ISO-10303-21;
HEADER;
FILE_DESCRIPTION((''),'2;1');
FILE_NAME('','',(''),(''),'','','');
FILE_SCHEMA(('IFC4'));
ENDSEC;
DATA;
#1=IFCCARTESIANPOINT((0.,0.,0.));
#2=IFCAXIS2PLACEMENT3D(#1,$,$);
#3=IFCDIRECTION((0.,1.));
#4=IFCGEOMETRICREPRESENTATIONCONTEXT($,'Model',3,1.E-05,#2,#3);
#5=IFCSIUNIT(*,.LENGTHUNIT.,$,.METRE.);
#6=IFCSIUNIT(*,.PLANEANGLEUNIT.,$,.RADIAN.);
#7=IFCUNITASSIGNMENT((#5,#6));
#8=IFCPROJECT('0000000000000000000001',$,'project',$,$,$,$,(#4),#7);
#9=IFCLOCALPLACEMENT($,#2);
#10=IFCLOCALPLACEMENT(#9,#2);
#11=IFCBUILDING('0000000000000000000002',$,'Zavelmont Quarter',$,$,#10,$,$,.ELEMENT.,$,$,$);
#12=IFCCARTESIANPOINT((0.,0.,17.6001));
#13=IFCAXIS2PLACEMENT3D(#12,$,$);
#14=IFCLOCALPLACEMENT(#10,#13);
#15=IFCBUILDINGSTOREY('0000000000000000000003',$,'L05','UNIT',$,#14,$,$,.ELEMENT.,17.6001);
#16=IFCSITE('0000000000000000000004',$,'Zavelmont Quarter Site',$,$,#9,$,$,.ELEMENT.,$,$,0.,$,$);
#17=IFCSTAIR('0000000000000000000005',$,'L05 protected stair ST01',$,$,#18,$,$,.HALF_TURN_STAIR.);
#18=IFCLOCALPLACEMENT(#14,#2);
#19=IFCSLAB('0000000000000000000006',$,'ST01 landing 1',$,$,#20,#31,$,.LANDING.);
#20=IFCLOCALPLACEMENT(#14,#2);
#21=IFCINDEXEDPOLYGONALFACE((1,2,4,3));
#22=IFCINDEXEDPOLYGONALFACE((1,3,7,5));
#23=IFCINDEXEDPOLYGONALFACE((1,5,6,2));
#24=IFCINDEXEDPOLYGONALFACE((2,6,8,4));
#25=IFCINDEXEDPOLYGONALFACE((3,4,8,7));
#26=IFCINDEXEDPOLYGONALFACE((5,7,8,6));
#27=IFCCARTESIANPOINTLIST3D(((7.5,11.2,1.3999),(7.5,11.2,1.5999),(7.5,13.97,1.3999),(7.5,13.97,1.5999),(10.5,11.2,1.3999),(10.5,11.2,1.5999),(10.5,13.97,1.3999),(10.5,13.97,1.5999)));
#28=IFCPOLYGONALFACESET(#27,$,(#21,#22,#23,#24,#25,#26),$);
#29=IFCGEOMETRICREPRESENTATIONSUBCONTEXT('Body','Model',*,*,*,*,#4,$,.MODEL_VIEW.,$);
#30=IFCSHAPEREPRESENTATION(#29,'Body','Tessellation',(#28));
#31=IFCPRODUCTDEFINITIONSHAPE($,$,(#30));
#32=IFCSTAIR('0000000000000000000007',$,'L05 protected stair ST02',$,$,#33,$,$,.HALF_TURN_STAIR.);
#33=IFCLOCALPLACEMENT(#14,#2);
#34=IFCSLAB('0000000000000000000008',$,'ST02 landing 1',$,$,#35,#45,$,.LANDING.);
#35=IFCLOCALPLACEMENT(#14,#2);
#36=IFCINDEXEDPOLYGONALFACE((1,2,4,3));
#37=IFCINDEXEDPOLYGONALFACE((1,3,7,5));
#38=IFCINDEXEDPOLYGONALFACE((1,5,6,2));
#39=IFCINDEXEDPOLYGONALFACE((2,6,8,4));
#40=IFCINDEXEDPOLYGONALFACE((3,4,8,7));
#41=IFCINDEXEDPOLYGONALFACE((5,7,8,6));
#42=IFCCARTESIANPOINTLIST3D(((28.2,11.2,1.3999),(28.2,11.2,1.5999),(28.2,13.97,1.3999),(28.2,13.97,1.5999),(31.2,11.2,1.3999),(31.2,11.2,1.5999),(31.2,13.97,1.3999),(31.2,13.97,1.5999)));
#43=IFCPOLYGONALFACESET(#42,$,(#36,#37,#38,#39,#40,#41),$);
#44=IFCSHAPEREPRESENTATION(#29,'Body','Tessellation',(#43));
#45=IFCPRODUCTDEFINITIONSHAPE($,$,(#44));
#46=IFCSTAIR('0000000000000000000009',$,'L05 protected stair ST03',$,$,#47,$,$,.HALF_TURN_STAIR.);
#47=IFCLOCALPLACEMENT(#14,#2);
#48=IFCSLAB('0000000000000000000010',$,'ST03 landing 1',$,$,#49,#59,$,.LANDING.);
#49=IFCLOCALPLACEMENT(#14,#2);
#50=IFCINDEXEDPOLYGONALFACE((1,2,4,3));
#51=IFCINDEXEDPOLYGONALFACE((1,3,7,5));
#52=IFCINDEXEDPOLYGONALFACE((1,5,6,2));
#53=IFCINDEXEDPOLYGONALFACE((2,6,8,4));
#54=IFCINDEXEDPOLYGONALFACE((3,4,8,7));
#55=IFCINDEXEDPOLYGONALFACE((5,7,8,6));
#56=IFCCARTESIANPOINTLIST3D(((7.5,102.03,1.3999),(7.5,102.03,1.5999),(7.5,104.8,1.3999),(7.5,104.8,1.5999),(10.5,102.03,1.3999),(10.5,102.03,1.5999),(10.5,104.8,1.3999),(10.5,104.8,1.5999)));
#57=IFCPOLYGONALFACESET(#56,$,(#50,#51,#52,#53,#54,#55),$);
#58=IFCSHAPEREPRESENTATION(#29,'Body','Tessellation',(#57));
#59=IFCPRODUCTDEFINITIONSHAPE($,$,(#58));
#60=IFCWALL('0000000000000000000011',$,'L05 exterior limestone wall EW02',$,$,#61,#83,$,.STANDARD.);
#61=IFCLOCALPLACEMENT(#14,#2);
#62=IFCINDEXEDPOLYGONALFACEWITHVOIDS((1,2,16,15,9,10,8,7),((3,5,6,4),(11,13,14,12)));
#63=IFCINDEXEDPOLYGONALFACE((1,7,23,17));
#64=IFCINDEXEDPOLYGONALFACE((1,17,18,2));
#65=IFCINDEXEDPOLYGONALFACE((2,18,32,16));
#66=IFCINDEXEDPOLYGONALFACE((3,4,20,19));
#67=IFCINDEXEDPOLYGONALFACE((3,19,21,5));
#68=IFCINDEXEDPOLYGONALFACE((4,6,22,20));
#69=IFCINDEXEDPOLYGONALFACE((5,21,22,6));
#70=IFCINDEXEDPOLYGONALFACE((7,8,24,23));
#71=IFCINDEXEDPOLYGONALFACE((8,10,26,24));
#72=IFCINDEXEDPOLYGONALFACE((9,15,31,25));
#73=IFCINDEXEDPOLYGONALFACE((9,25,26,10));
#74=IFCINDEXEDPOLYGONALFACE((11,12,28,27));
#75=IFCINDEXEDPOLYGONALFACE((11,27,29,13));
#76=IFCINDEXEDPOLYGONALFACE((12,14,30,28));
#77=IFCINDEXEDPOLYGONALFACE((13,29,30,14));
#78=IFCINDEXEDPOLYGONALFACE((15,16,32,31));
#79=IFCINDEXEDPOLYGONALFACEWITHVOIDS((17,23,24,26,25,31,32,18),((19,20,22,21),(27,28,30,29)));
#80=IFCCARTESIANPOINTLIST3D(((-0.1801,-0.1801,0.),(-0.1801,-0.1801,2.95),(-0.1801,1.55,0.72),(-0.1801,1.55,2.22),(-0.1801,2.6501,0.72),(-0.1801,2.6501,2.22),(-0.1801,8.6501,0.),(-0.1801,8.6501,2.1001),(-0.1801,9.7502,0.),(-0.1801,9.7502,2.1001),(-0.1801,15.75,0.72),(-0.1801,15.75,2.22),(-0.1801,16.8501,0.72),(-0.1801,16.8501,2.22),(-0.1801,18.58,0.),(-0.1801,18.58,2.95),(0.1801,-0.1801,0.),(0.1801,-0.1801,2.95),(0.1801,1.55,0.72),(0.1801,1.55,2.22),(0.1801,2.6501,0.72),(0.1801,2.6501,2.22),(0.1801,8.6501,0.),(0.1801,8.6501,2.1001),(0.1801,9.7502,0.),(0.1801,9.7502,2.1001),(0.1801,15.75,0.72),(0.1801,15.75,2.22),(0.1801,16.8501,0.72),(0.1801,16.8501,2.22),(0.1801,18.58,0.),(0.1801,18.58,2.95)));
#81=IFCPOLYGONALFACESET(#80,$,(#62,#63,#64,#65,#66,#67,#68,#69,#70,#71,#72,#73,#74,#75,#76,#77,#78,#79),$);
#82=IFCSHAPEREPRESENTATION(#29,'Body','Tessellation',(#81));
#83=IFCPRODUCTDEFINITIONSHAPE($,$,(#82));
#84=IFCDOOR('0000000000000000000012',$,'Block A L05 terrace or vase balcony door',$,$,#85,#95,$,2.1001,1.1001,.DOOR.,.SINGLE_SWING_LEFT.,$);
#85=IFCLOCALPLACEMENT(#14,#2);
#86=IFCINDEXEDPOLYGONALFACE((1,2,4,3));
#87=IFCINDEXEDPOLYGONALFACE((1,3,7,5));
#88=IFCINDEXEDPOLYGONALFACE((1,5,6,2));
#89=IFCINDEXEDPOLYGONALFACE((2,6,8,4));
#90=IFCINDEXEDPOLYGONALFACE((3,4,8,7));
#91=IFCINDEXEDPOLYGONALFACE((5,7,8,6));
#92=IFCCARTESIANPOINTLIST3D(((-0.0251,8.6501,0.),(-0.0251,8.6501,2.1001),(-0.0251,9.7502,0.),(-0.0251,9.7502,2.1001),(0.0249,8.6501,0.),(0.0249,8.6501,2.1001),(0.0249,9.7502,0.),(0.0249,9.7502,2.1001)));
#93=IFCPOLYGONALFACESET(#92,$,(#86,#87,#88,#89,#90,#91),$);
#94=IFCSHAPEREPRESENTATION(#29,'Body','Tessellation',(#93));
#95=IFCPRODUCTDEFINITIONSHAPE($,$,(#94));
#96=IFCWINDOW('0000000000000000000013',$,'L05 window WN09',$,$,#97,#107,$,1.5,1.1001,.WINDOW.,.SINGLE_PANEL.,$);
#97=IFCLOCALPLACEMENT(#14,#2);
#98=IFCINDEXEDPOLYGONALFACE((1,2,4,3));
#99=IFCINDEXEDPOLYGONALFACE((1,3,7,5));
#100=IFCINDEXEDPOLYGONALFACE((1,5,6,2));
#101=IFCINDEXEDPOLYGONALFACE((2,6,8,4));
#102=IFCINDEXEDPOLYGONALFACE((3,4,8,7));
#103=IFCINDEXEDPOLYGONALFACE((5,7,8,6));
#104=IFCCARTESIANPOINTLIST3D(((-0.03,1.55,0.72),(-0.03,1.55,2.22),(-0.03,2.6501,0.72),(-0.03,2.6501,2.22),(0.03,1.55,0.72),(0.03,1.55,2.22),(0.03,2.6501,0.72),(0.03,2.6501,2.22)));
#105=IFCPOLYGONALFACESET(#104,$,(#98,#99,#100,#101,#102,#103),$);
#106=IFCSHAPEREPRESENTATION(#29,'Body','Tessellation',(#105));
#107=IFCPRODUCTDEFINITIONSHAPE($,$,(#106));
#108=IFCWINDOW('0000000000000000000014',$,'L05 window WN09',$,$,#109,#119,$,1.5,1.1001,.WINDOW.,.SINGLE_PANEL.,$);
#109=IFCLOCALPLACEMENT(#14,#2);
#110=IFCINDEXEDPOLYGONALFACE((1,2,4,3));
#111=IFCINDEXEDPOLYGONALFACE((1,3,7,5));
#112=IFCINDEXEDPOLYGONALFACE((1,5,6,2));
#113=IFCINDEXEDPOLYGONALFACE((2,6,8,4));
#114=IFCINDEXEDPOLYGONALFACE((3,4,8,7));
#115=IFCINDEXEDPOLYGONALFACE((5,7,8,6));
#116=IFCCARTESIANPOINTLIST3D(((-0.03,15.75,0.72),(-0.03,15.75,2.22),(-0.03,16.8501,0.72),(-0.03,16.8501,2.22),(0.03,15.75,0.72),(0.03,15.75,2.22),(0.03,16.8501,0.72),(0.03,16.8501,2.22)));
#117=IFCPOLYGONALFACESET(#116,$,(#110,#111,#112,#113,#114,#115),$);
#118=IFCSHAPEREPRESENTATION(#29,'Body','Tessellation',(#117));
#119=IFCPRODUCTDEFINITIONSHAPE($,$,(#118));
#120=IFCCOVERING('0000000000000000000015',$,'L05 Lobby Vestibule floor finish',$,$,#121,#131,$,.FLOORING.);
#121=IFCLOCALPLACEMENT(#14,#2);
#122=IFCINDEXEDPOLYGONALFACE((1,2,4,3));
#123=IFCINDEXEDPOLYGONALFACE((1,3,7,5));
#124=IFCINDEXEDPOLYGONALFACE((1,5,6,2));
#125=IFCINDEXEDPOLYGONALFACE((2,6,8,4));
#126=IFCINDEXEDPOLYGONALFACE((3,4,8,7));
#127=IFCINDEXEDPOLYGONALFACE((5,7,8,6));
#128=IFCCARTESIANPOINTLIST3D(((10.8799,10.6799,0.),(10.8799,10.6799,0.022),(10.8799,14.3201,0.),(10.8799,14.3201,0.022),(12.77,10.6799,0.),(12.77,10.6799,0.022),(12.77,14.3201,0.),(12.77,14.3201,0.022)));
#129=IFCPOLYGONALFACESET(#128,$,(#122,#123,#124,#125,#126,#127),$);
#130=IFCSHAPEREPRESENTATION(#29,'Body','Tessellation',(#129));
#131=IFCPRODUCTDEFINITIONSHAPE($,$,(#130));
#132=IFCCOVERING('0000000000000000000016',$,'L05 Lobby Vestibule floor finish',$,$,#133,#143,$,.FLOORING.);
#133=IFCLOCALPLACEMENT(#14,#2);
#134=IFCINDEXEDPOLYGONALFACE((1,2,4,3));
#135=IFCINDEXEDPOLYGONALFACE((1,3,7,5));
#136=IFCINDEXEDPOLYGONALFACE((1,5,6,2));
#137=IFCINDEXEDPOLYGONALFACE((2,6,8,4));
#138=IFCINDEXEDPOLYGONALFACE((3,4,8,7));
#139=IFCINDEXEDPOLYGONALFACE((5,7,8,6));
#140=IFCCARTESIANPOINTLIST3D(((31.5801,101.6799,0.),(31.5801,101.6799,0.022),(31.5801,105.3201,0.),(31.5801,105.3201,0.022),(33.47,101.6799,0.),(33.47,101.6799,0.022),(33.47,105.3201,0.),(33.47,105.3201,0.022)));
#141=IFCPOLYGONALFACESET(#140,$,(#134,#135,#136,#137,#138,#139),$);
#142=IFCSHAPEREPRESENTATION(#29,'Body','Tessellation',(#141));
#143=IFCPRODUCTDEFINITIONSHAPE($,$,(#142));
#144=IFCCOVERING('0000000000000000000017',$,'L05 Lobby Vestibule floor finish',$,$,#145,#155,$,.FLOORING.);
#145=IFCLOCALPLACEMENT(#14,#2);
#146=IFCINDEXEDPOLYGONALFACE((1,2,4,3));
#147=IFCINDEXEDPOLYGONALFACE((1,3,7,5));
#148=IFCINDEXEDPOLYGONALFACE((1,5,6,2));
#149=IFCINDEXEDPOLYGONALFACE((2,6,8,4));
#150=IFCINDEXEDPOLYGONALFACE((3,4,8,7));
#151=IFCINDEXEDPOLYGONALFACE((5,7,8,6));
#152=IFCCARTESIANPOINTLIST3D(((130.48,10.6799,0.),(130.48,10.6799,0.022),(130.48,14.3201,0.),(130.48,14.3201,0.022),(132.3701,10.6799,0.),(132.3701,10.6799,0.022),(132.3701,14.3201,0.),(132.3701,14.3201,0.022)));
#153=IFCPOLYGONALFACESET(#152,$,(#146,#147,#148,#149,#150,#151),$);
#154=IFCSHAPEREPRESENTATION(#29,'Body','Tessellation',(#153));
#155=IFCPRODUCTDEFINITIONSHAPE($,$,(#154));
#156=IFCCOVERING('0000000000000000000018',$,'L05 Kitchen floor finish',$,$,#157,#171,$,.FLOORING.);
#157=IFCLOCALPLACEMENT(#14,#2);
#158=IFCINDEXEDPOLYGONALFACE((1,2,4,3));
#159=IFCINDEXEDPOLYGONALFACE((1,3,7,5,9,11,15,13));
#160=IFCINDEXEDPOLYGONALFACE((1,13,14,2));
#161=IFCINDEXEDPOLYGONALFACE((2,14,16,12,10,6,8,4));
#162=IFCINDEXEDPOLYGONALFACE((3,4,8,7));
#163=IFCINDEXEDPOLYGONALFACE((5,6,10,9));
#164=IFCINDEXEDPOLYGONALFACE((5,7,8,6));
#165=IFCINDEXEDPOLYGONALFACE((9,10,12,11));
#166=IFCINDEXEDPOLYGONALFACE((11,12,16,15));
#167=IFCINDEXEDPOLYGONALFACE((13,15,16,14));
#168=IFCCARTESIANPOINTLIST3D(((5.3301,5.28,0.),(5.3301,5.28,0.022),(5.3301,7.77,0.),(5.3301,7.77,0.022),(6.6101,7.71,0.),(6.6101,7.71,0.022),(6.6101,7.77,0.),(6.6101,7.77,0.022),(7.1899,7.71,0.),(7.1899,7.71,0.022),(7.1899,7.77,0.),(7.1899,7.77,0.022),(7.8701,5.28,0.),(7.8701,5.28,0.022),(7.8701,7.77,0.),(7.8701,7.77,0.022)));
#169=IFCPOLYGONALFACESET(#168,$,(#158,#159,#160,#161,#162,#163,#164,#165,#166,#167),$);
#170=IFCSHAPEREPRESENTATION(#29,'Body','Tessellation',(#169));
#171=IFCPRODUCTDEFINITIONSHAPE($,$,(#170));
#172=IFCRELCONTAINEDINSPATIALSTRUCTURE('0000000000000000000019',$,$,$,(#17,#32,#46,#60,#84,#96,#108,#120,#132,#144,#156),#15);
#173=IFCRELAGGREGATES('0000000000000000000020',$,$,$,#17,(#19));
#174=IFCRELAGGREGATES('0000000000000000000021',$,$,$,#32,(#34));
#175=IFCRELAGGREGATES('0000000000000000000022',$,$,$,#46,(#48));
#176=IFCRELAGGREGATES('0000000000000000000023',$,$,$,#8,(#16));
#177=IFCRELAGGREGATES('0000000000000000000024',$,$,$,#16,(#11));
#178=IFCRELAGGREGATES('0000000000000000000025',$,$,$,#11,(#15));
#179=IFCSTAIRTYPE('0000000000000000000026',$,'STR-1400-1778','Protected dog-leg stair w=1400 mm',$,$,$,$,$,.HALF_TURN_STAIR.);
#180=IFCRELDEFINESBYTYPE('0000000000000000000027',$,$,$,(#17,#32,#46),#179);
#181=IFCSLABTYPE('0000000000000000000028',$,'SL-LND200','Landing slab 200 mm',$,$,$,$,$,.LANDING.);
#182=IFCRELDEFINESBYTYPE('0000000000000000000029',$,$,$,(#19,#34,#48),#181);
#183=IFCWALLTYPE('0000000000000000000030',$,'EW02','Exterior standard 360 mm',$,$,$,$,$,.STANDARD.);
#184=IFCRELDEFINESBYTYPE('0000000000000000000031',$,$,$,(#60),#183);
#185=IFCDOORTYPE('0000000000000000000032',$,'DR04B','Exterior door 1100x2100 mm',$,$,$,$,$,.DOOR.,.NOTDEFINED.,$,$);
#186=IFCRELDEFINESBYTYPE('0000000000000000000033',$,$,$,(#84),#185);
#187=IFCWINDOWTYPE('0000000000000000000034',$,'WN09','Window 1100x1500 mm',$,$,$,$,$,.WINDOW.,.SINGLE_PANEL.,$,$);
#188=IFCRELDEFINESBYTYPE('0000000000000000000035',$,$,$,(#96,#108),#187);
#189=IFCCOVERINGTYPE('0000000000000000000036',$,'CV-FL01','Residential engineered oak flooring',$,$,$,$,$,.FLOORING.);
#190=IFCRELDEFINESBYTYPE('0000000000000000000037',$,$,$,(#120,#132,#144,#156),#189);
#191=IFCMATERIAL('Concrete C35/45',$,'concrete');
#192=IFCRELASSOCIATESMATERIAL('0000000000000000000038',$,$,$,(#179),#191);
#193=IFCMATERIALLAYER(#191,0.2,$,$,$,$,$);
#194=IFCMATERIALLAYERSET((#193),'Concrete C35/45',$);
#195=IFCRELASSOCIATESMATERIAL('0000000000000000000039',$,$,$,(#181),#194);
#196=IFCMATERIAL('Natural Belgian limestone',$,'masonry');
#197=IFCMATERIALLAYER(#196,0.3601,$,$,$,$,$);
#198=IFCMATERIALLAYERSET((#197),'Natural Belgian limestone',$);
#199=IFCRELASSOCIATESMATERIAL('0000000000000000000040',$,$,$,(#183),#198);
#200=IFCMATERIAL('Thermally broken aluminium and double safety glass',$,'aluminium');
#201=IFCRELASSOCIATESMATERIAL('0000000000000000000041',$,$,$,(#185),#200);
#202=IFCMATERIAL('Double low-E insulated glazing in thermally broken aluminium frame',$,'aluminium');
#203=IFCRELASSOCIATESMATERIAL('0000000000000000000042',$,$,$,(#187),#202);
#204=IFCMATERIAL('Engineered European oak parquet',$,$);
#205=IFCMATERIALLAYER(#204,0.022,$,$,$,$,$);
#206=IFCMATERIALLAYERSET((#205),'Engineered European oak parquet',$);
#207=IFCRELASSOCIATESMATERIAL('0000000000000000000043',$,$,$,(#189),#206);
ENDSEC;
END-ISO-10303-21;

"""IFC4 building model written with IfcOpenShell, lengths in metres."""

from ifc_helpers import new_model, si_unit, direction, frame, frame_2d, origin, origin_with_axes, place, context, subcontext, project, spatial, polyline, rectangle, outline, extrude, material, layer, layer_set, type_object, element, fill, aggregate, save


model = new_model("IFC4")

# Units and contexts
model_context = context("Model", 3, precision=1e-05, world=origin(), true_north=direction((0.0, 1.0)))
body_context = subcontext(model_context, "Body", "Model", "MODEL_VIEW")
ifc_project = project(units=[si_unit("LENGTHUNIT", "METRE"), si_unit("PLANEANGLEUNIT", "RADIAN")], contexts=[model_context])

# Site, building, storey
site_placement = place(None, origin())
site = spatial("IfcSite", under=ifc_project, at=site_placement, Name="Zavelmont Quarter Site", CompositionType="ELEMENT", RefElevation=0.0)
building_placement = place(site_placement, origin())
building = spatial("IfcBuilding", under=site, at=building_placement, Name="Zavelmont Quarter", CompositionType="ELEMENT")
storey_placement = place(building_placement, frame((0.0, 0.0, 17.6001)))
storey = spatial("IfcBuildingStorey", under=building, at=storey_placement, Name="L05", Description="UNIT", CompositionType="ELEMENT", Elevation=17.6001)

# Stairs, slabs
ifc_material_1 = material(Name="Concrete C35/45", Category="concrete")
stair_type = type_object("IfcStairType", Name="STR-1400-1778", Description="Protected dog-leg stair w=1400 mm", PredefinedType="HALF_TURN_STAIR", material=ifc_material_1)
stair_1_placement = place(storey_placement, origin())
stair_1 = element("IfcStair", 1, at=stair_1_placement, inside=storey, type_object=stair_type, Name="L05 protected stair ST01", PredefinedType="HALF_TURN_STAIR")
ifc_layer_1 = layer(ifc_material_1, 0.2)
ifc_layer_set_1 = layer_set([ifc_layer_1], Name="Concrete C35/45")
slab_type = type_object("IfcSlabType", Name="SL-LND200", Description="Landing slab 200 mm", PredefinedType="LANDING", material=ifc_layer_set_1)
slab_1_placement = place(storey_placement, frame((0.0, 0.0, 1.3999)))
slab_1 = element("IfcSlab", 2, at=slab_1_placement, type_object=slab_type, Name="ST01 landing 1", PredefinedType="LANDING", context=body_context, shape_type="SweptSolid", body=[
    extrude(outline(polyline([(7.5, 13.97), (7.5, 11.2), (10.5, 11.2), (10.5, 13.97), (7.5, 13.97)])), origin(), (0.0, 0.0, 1.0), 0.2),
])
aggregate(stair_1, [slab_1])
stair_2_placement = place(storey_placement, origin())
stair_2 = element("IfcStair", 3, at=stair_2_placement, inside=storey, type_object=stair_type, Name="L05 protected stair ST02", PredefinedType="HALF_TURN_STAIR")
slab_2_placement = place(storey_placement, frame((0.0, 0.0, 1.3999)))
slab_2 = element("IfcSlab", 4, at=slab_2_placement, type_object=slab_type, Name="ST02 landing 1", PredefinedType="LANDING", context=body_context, shape_type="SweptSolid", body=[
    extrude(outline(polyline([(28.2, 13.97), (28.2, 11.2), (31.2, 11.2), (31.2, 13.97), (28.2, 13.97)])), origin(), (0.0, 0.0, 1.0), 0.2),
])
aggregate(stair_2, [slab_2])
stair_3_placement = place(storey_placement, origin())
stair_3 = element("IfcStair", 5, at=stair_3_placement, inside=storey, type_object=stair_type, Name="L05 protected stair ST03", PredefinedType="HALF_TURN_STAIR")
slab_3_placement = place(storey_placement, frame((0.0, 0.0, 1.3999)))
slab_3 = element("IfcSlab", 6, at=slab_3_placement, type_object=slab_type, Name="ST03 landing 1", PredefinedType="LANDING", context=body_context, shape_type="SweptSolid", body=[
    extrude(outline(polyline([(10.5, 102.03), (10.5, 104.8), (7.5, 104.8), (7.5, 102.03), (10.5, 102.03)])), origin(), (0.0, 0.0, 1.0), 0.2),
])
aggregate(stair_3, [slab_3])

# Wall, openings, door, windows
ifc_material_2 = material(Name="Natural Belgian limestone", Category="masonry")
ifc_layer_2 = layer(ifc_material_2, 0.3601)
ifc_layer_set_2 = layer_set([ifc_layer_2], Name="Natural Belgian limestone")
wall_type = type_object("IfcWallType", Name="EW02", Description="Exterior standard 360 mm", PredefinedType="STANDARD", material=ifc_layer_set_2)
wall_placement = place(storey_placement, frame((0.0, -0.1799, 0.0), z_axis=(0.0, 0.0, 1.0), x_axis=(0.0, 1.0, 0.0)))
wall = element("IfcWall", 7, at=wall_placement, inside=storey, type_object=wall_type, Name="L05 exterior limestone wall EW02", PredefinedType="STANDARD", context=body_context, shape_type="SweptSolid", body=[
    extrude(rectangle(XDim=18.76, YDim=0.3601, at=frame_2d((9.3799, 0.0))), origin(), (0.0, 0.0, 1.0), 2.95),
])
opening_1_placement = place(wall_placement, frame((8.8301, 0.0, 0.0)))
opening_1 = element("IfcOpeningElement", 8, at=opening_1_placement, cuts=wall, PredefinedType="OPENING", context=body_context, shape_type="SweptSolid", body=[
    extrude(rectangle(XDim=1.1001, YDim=2.1001, at=frame_2d((0.55, 1.05))), frame((0.0, 0.1919, 0.0), z_axis=(0.0, -1.0, 0.0), x_axis=(1.0, 0.0, 0.0)), (0.0, 0.0, 1.0), 0.384),
])
opening_2_placement = place(wall_placement, frame((1.73, 0.0, 0.72)))
opening_2 = element("IfcOpeningElement", 9, at=opening_2_placement, cuts=wall, PredefinedType="OPENING", context=body_context, shape_type="SweptSolid", body=[
    extrude(rectangle(XDim=1.1001, YDim=1.5, at=frame_2d((0.55, 0.75))), frame((0.0, 0.1919, 0.0), z_axis=(0.0, -1.0, 0.0), x_axis=(1.0, 0.0, 0.0)), (0.0, 0.0, 1.0), 0.384),
])
opening_3_placement = place(wall_placement, frame((15.9299, 0.0, 0.72)))
opening_3 = element("IfcOpeningElement", 10, at=opening_3_placement, cuts=wall, PredefinedType="OPENING", context=body_context, shape_type="SweptSolid", body=[
    extrude(rectangle(XDim=1.1001, YDim=1.5, at=frame_2d((0.55, 0.75))), frame((0.0, 0.1919, 0.0), z_axis=(0.0, -1.0, 0.0), x_axis=(1.0, 0.0, 0.0)), (0.0, 0.0, 1.0), 0.384),
])
ifc_material_3 = material(Name="Thermally broken aluminium and double safety glass", Category="aluminium")
door_type = type_object("IfcDoorType", Name="DR04B", Description="Exterior door 1100x2100 mm", OperationType="NOTDEFINED", PredefinedType="DOOR", material=ifc_material_3)
door_placement = place(opening_1_placement, frame((1.1001, 0.0, 0.0), z_axis=(0.0, 0.0, 1.0), x_axis=(-1.0, 0.0, 0.0)))
door = element("IfcDoor", 11, at=door_placement, inside=storey, type_object=door_type, Name="Block A L05 terrace or vase balcony door", OperationType="SINGLE_SWING_LEFT", OverallHeight=2.1001, OverallWidth=1.1001, PredefinedType="DOOR", context=body_context, shape_type="SweptSolid", body=[
    extrude(rectangle(XDim=1.1001, YDim=2.1001, at=frame_2d((0.55, 1.05))), frame((0.0, 0.0249, 0.0), z_axis=(0.0, -1.0, 0.0), x_axis=(1.0, 0.0, 0.0)), (0.0, 0.0, 1.0), 0.05),
])
fill(opening_1, door)
ifc_material_4 = material(Name="Double low-E insulated glazing in thermally broken aluminium frame", Category="aluminium")
window_type = type_object("IfcWindowType", Name="WN09", Description="Window 1100x1500 mm", PartitioningType="SINGLE_PANEL", PredefinedType="WINDOW", material=ifc_material_4)
window_1_placement = place(opening_2_placement, origin_with_axes())
window_1 = element("IfcWindow", 12, at=window_1_placement, inside=storey, type_object=window_type, Name="L05 window WN09", OverallHeight=1.5, OverallWidth=1.1001, PartitioningType="SINGLE_PANEL", PredefinedType="WINDOW", context=body_context, shape_type="SweptSolid", body=[
    extrude(rectangle(XDim=1.1001, YDim=1.5, at=frame_2d((0.55, 0.75))), frame((0.0, 0.03, 0.0), z_axis=(0.0, -1.0, 0.0), x_axis=(1.0, 0.0, 0.0)), (0.0, 0.0, 1.0), 0.0601),
])
fill(opening_2, window_1)
window_2_placement = place(opening_3_placement, origin_with_axes())
window_2 = element("IfcWindow", 13, at=window_2_placement, inside=storey, type_object=window_type, Name="L05 window WN09", OverallHeight=1.5, OverallWidth=1.1001, PartitioningType="SINGLE_PANEL", PredefinedType="WINDOW", context=body_context, shape_type="SweptSolid", body=[
    extrude(rectangle(XDim=1.1001, YDim=1.5, at=frame_2d((0.55, 0.75))), frame((0.0, 0.03, 0.0), z_axis=(0.0, -1.0, 0.0), x_axis=(1.0, 0.0, 0.0)), (0.0, 0.0, 1.0), 0.0601),
])
fill(opening_3, window_2)

# Coverings
ifc_material_5 = material(Name="Engineered European oak parquet")
ifc_layer_3 = layer(ifc_material_5, 0.022)
ifc_layer_set_3 = layer_set([ifc_layer_3], Name="Engineered European oak parquet")
covering_type_1 = type_object("IfcCoveringType", Name="CV-FL01", Description="Residential engineered oak flooring", PredefinedType="FLOORING", material=ifc_layer_set_3)
covering_1_placement = place(storey_placement, origin())
element("IfcCovering", 14, at=covering_1_placement, inside=storey, type_object=covering_type_1, Name="L05 Lobby Vestibule floor finish", PredefinedType="FLOORING", context=body_context, shape_type="SweptSolid", body=[
    extrude(outline(polyline([(10.8799, 14.3201), (12.77, 14.3201), (12.77, 10.6799), (10.8799, 10.6799), (10.8799, 14.3201)])), origin(), (0.0, 0.0, 1.0), 0.022),
])
covering_2_placement = place(storey_placement, origin())
element("IfcCovering", 15, at=covering_2_placement, inside=storey, type_object=covering_type_1, Name="L05 Lobby Vestibule floor finish", PredefinedType="FLOORING", context=body_context, shape_type="SweptSolid", body=[
    extrude(outline(polyline([(31.5801, 105.3201), (33.47, 105.3201), (33.47, 101.6799), (31.5801, 101.6799), (31.5801, 105.3201)])), origin(), (0.0, 0.0, 1.0), 0.022),
])
covering_3_placement = place(storey_placement, origin())
element("IfcCovering", 16, at=covering_3_placement, inside=storey, type_object=covering_type_1, Name="L05 Lobby Vestibule floor finish", PredefinedType="FLOORING", context=body_context, shape_type="SweptSolid", body=[
    extrude(outline(polyline([(130.48, 14.3201), (132.3701, 14.3201), (132.3701, 10.6799), (130.48, 10.6799), (130.48, 14.3201)])), origin(), (0.0, 0.0, 1.0), 0.022),
])
covering_4_placement = place(storey_placement, origin())
element("IfcCovering", 17, at=covering_4_placement, inside=storey, type_object=covering_type_1, Name="L05 Kitchen floor finish", PredefinedType="FLOORING", context=body_context, shape_type="SweptSolid", body=[
    extrude(outline(polyline([(5.3301, 7.77), (6.6101, 7.77), (6.6101, 7.71), (7.1899, 7.71), (7.1899, 7.77), (7.8701, 7.77), (7.8701, 5.28), (5.3301, 5.28), (5.3301, 7.77)])), origin(), (0.0, 0.0, 1.0), 0.022),
])

save(model, "model.ifc")
